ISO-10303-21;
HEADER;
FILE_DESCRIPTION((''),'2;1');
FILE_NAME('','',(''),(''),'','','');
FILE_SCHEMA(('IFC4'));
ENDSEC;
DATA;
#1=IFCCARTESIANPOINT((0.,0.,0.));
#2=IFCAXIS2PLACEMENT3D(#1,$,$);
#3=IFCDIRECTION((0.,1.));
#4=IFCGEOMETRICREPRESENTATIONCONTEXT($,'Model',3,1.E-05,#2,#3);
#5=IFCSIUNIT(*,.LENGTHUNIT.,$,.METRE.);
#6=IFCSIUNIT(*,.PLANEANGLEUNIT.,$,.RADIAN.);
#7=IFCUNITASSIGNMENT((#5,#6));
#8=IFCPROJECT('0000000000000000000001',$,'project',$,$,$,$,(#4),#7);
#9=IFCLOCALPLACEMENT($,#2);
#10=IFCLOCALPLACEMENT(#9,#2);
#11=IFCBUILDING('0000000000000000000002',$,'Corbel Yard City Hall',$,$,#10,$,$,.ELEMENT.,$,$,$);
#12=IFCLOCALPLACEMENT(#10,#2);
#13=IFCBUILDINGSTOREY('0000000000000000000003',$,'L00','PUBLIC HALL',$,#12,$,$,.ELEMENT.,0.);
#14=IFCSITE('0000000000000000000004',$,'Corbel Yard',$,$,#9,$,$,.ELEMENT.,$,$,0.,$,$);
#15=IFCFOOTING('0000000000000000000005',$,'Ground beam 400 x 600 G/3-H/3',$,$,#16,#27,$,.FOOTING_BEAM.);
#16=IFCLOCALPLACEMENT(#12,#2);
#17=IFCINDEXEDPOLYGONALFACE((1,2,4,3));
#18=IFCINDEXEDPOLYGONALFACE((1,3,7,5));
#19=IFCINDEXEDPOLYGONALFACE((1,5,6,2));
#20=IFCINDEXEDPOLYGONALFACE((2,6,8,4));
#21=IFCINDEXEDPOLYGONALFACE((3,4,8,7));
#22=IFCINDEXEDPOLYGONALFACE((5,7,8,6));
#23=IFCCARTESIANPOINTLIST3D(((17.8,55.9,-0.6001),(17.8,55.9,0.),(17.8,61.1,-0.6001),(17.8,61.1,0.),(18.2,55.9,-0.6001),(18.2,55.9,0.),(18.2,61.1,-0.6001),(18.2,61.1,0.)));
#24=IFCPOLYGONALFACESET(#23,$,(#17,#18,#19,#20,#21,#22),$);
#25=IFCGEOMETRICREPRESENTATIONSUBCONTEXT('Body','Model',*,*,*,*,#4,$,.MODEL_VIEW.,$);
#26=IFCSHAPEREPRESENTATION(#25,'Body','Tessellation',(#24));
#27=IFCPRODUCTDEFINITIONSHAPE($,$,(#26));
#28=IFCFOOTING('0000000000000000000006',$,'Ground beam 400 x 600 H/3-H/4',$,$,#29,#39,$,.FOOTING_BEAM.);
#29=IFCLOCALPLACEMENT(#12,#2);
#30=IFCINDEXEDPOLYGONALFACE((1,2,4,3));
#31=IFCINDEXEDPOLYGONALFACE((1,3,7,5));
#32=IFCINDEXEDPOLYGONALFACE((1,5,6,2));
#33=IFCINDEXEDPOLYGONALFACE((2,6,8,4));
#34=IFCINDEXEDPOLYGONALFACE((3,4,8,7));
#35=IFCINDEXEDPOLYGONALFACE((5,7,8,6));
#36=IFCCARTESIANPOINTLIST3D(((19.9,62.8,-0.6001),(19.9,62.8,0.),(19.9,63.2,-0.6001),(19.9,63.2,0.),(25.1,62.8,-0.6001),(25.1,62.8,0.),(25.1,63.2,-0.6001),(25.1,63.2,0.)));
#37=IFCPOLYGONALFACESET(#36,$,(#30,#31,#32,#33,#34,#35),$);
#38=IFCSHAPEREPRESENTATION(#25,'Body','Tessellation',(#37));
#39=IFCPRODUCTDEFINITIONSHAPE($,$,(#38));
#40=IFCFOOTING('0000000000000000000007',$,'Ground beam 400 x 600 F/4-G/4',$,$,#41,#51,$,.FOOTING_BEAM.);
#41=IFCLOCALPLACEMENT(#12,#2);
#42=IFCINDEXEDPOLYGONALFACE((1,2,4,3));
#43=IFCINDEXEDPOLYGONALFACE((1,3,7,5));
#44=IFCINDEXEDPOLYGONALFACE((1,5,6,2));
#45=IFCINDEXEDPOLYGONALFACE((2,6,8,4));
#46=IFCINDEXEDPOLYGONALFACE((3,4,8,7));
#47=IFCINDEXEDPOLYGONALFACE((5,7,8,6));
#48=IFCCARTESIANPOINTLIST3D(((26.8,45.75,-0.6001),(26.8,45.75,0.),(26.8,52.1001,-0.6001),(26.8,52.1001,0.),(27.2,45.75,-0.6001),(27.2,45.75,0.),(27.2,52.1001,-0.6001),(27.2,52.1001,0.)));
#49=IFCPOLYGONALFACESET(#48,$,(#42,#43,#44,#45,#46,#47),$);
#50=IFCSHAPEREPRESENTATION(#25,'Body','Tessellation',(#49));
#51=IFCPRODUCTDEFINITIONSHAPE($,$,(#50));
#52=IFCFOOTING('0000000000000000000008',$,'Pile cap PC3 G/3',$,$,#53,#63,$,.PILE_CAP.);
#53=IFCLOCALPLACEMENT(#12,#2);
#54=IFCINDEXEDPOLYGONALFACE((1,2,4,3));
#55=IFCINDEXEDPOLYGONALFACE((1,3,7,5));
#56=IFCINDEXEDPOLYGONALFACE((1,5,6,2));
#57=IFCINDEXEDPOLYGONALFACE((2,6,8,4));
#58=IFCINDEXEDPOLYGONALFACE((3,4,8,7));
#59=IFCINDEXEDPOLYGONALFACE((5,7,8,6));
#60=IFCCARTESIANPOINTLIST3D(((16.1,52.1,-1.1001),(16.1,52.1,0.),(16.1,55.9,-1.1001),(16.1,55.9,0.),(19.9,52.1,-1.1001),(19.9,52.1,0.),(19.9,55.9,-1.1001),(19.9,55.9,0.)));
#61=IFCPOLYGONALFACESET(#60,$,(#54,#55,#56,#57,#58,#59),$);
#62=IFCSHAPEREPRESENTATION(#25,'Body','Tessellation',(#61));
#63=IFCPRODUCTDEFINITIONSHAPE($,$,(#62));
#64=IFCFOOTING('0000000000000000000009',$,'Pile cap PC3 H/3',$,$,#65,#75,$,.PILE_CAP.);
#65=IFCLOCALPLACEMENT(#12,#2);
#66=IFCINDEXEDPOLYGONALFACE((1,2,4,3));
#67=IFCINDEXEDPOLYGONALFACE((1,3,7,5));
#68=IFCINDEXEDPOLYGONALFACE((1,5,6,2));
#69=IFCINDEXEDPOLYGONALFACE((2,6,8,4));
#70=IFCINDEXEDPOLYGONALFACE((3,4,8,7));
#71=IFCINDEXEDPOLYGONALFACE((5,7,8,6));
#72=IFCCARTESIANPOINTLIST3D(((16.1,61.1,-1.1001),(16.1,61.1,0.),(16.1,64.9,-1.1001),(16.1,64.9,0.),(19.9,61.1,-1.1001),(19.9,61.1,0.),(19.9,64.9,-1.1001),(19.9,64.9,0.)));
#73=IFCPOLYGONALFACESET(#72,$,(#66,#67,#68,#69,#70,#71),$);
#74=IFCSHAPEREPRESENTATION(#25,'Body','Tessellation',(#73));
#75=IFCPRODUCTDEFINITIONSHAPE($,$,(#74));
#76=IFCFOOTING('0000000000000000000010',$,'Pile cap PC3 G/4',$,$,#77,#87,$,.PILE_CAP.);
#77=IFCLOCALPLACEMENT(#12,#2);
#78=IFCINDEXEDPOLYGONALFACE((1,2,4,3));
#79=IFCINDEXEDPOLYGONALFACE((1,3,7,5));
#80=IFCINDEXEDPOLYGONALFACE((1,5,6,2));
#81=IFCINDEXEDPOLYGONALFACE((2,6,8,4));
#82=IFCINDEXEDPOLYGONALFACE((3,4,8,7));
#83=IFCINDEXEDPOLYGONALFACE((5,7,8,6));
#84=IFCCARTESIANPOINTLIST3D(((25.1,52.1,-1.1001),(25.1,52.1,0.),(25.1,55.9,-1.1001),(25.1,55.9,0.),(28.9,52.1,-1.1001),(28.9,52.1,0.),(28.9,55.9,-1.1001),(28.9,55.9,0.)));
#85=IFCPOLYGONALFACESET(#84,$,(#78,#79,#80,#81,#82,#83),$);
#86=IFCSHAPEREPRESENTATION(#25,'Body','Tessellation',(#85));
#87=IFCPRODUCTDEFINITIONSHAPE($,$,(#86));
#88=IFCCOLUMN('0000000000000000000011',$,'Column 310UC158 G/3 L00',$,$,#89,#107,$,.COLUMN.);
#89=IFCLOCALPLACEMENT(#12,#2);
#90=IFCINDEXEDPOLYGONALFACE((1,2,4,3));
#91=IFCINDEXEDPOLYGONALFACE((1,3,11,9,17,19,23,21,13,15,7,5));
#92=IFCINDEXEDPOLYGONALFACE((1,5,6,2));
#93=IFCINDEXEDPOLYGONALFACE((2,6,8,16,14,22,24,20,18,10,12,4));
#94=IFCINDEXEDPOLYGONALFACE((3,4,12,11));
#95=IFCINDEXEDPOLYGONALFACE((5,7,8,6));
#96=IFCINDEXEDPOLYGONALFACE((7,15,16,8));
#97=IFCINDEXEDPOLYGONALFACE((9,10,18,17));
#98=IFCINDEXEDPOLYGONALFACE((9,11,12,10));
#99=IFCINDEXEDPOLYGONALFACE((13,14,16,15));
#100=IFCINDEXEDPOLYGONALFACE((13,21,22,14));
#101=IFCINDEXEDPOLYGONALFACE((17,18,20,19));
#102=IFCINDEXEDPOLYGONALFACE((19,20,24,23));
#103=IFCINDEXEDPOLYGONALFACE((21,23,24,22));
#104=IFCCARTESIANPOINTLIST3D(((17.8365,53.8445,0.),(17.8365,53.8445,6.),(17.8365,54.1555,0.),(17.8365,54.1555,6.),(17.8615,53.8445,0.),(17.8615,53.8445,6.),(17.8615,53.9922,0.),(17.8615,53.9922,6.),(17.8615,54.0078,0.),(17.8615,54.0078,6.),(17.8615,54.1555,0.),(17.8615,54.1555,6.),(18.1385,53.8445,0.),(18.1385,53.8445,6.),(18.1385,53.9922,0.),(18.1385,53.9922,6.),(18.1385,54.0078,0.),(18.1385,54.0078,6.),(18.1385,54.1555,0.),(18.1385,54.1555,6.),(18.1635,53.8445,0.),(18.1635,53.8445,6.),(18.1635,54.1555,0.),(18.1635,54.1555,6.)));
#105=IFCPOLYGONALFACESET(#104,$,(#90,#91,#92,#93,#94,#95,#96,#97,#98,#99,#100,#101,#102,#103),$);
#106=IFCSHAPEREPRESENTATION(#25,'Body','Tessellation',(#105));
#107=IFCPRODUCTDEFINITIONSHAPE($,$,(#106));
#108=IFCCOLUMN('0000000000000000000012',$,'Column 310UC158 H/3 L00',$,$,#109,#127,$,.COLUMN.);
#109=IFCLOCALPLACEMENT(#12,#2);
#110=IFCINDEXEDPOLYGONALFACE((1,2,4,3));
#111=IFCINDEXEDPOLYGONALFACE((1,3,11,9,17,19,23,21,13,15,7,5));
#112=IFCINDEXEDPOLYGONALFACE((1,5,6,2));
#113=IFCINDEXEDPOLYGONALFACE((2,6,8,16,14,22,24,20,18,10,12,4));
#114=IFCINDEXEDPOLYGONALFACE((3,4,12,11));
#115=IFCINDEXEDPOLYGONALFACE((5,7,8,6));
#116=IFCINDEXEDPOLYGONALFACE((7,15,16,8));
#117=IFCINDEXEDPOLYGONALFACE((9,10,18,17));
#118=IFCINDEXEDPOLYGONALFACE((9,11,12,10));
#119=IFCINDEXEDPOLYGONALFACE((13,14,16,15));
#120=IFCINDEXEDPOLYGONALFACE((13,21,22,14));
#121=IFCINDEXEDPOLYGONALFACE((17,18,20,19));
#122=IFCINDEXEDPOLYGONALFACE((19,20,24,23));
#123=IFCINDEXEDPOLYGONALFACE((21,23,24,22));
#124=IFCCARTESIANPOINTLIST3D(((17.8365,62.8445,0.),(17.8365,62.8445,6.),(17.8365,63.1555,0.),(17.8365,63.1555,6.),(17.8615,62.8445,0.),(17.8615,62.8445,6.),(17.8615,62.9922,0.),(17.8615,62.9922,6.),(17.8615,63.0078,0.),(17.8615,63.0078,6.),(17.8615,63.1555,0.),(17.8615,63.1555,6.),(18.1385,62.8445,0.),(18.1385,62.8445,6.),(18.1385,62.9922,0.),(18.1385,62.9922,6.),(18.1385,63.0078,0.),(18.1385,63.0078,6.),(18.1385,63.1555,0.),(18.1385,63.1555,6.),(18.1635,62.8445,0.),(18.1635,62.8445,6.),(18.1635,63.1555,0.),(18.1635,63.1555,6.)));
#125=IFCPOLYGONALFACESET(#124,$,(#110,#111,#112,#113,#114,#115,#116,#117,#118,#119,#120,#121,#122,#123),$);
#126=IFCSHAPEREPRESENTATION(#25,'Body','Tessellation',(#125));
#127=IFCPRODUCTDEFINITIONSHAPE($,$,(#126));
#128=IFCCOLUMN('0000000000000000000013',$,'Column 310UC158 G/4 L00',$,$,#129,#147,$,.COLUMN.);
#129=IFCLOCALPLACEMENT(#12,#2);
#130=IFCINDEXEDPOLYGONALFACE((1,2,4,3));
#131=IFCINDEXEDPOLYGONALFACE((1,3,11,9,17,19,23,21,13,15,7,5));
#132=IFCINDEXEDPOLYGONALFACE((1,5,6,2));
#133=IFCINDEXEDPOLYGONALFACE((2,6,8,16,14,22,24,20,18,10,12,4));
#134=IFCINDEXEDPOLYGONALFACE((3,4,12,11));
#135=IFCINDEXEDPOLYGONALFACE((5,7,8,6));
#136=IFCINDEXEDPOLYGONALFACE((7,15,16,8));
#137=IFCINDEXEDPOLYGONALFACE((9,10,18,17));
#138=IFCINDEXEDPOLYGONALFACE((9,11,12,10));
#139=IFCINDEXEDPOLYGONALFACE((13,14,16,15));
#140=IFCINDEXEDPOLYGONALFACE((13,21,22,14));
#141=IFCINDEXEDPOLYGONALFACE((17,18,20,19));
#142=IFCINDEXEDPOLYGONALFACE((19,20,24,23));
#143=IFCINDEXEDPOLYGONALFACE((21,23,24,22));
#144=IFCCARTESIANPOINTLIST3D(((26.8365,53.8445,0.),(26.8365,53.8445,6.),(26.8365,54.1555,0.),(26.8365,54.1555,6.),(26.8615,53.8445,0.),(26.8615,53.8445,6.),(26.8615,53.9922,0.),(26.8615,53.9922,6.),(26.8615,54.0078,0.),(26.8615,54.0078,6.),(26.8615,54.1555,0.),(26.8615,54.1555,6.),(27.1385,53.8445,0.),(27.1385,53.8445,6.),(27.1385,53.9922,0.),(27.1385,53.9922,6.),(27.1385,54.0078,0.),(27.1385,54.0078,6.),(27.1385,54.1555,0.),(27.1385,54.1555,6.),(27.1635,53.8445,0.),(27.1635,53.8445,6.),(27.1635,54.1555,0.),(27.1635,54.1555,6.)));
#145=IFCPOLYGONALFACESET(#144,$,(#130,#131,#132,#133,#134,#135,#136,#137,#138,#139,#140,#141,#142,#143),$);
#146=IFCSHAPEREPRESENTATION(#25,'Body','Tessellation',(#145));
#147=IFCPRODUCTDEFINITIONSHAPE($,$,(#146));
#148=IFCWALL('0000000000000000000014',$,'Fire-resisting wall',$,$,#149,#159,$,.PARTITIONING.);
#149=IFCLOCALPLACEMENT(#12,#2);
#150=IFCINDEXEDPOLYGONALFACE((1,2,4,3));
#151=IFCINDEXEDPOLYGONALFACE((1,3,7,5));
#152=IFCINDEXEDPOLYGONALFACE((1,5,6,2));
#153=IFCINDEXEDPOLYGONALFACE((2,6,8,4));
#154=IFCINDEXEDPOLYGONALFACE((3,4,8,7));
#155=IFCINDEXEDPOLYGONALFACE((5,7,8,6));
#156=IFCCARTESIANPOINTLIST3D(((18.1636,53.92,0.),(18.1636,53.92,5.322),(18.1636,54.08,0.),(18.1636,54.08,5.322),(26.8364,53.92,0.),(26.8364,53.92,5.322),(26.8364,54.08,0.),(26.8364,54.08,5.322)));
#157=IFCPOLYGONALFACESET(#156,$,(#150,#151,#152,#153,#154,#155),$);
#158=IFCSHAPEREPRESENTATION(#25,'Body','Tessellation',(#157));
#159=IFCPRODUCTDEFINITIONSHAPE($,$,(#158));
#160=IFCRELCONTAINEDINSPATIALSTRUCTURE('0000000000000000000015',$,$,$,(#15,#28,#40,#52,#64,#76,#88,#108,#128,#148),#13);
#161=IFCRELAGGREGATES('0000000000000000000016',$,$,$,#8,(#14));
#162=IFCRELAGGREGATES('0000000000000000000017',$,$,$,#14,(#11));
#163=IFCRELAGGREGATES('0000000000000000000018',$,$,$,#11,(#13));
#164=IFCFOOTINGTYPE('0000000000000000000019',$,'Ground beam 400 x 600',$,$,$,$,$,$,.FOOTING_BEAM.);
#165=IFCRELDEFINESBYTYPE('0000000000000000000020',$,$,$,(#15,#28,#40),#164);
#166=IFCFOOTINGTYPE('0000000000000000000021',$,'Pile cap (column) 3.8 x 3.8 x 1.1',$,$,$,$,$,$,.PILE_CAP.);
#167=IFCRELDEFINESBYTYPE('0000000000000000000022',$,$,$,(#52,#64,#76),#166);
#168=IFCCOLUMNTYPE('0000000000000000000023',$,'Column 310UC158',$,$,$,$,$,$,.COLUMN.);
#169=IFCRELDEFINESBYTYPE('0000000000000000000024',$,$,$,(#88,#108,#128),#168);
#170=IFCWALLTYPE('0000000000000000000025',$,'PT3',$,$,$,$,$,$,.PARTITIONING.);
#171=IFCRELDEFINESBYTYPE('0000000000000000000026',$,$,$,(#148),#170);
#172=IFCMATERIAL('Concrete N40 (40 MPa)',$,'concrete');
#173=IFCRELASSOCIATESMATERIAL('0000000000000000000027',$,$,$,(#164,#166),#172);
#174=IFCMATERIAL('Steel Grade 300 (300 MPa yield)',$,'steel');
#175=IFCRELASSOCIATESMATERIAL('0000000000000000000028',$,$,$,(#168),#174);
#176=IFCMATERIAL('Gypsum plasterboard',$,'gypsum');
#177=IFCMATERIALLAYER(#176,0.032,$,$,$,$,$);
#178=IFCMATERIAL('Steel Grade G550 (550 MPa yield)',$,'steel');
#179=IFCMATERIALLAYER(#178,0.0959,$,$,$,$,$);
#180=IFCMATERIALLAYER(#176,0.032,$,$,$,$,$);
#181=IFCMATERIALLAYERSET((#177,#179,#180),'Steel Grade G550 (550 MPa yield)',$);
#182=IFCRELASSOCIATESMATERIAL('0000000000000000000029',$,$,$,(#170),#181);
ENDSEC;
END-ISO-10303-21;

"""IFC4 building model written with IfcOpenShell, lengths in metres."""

from ifc_helpers import new_model, si_unit, direction, frame, frame_2d, origin, origin_2d, place, context, subcontext, project, spatial, rectangle, i_section, extrude, material, layer, layer_set, material_profile, profile_set, type_object, element, save


model = new_model("IFC4")

# Units and contexts
model_context = context("Model", 3, precision=1e-05, world=origin(), true_north=direction((0.0, 1.0)))
body_context = subcontext(model_context, "Body", "Model", "MODEL_VIEW")
ifc_project = project(units=[si_unit("LENGTHUNIT", "METRE"), si_unit("PLANEANGLEUNIT", "RADIAN")], contexts=[model_context])

# Site, building, storey
site_placement = place(None, origin())
site = spatial("IfcSite", under=ifc_project, at=site_placement, Name="Corbel Yard", CompositionType="ELEMENT", RefElevation=0.0)
building_placement = place(site_placement, origin())
building = spatial("IfcBuilding", under=site, at=building_placement, Name="Corbel Yard City Hall", CompositionType="ELEMENT")
storey_placement = place(building_placement, origin())
storey = spatial("IfcBuildingStorey", under=building, at=storey_placement, Name="L00", Description="PUBLIC HALL", CompositionType="ELEMENT", Elevation=0.0)

# Shared definitions
ifc_material_1 = material(Name="Concrete N40 (40 MPa)", Category="concrete")

# Footings
footing_type_1 = type_object("IfcFootingType", Name="Ground beam 400 x 600", PredefinedType="FOOTING_BEAM", material=ifc_material_1)
footing_1_placement = place(storey_placement, frame((18.0, 58.5, -0.6001), z_axis=(0.0, 0.0, 1.0), x_axis=(1.0, 0.0, 0.0)))
element("IfcFooting", 1, at=footing_1_placement, inside=storey, type_object=footing_type_1, Name="Ground beam 400 x 600 G/3-H/3", PredefinedType="FOOTING_BEAM", context=body_context, shape_type="SweptSolid", body=[
    extrude(rectangle(XDim=0.3999, YDim=5.2, at=origin_2d()), origin(), (0.0, 0.0, 1.0), 0.6001),
])
footing_2_placement = place(storey_placement, frame((22.5, 63.0, -0.6001), z_axis=(0.0, 0.0, 1.0), x_axis=(1.0, 0.0, 0.0)))
element("IfcFooting", 2, at=footing_2_placement, inside=storey, type_object=footing_type_1, Name="Ground beam 400 x 600 H/3-H/4", PredefinedType="FOOTING_BEAM", context=body_context, shape_type="SweptSolid", body=[
    extrude(rectangle(XDim=5.2, YDim=0.3999, at=origin_2d()), origin(), (0.0, 0.0, 1.0), 0.6001),
])
footing_3_placement = place(storey_placement, frame((27.0, 48.925, -0.6001), z_axis=(0.0, 0.0, 1.0), x_axis=(1.0, 0.0, 0.0)))
element("IfcFooting", 3, at=footing_3_placement, inside=storey, type_object=footing_type_1, Name="Ground beam 400 x 600 F/4-G/4", PredefinedType="FOOTING_BEAM", context=body_context, shape_type="SweptSolid", body=[
    extrude(rectangle(XDim=0.3999, YDim=6.3501, at=origin_2d()), origin(), (0.0, 0.0, 1.0), 0.6001),
])
footing_type_2 = type_object("IfcFootingType", Name="Pile cap (column) 3.8 x 3.8 x 1.1", PredefinedType="PILE_CAP", material=ifc_material_1)
for number, where, z_axis, x_axis, name in (
    (4, (18.0, 54.0, -1.1001), (0.0, 0.0, 1.0), (1.0, 0.0, 0.0), "Pile cap PC3 G/3"),
    (5, (18.0, 63.0, -1.1001), (0.0, 0.0, 1.0), (1.0, 0.0, 0.0), "Pile cap PC3 H/3"),
    (6, (27.0, 54.0, -1.1001), (0.0, 0.0, 1.0), (1.0, 0.0, 0.0), "Pile cap PC3 G/4"),
):
    element("IfcFooting", number, at=place(storey_placement, frame(where, z_axis=z_axis, x_axis=x_axis)), inside=storey, type_object=footing_type_2, Name=name, PredefinedType="PILE_CAP", context=body_context, shape_type="SweptSolid", body=[
        extrude(rectangle(XDim=3.8, YDim=3.8, at=origin_2d()), origin(), (0.0, 0.0, 1.0), 1.1001),
    ])

# Columns
ifc_material_2 = material(Name="Steel Grade 300 (300 MPa yield)", Category="steel")
ifc_material_profile_1 = material_profile(ifc_material_2, i_section(OverallWidth=0.311, OverallDepth=0.3269, WebThickness=0.0156, FlangeThickness=0.0249, at=origin_2d()), Name="310UC158")
ifc_profile_set_1 = profile_set([ifc_material_profile_1], Name="Steel Grade 300 (300 MPa yield)")
column_type = type_object("IfcColumnType", Name="Column 310UC158", PredefinedType="COLUMN", material=ifc_profile_set_1)
for number, where, z_axis, x_axis, name in (
    (7, (18.0, 54.0, 0.0), (0.0, 0.0, 1.0), (0.0, 1.0, 0.0), "Column 310UC158 G/3 L00"),
    (8, (18.0, 63.0, 0.0), (0.0, 0.0, 1.0), (0.0, 1.0, 0.0), "Column 310UC158 H/3 L00"),
    (9, (27.0, 54.0, 0.0), (0.0, 0.0, 1.0), (0.0, 1.0, 0.0), "Column 310UC158 G/4 L00"),
):
    element("IfcColumn", number, at=place(storey_placement, frame(where, z_axis=z_axis, x_axis=x_axis)), inside=storey, type_object=column_type, Name=name, PredefinedType="COLUMN", context=body_context, shape_type="SweptSolid", body=[
        extrude(i_section(OverallWidth=0.311, OverallDepth=0.3269, WebThickness=0.0156, FlangeThickness=0.0249, at=origin_2d()), origin(), (0.0, 0.0, 1.0), 6.0),
    ])

# Wall
ifc_material_3 = material(Name="Gypsum plasterboard", Category="gypsum")
ifc_layer_1 = layer(ifc_material_3, 0.032)
ifc_material_4 = material(Name="Steel Grade G550 (550 MPa yield)", Category="steel")
ifc_layer_2 = layer(ifc_material_4, 0.0959)
ifc_layer_3 = layer(ifc_material_3, 0.032)
ifc_layer_set = layer_set([ifc_layer_1, ifc_layer_2, ifc_layer_3], Name="Steel Grade G550 (550 MPa yield)")
wall_type = type_object("IfcWallType", Name="PT3", PredefinedType="PARTITIONING", material=ifc_layer_set)
wall_placement = place(storey_placement, frame((18.1636, 54.0, 0.0), z_axis=(0.0, 0.0, 1.0), x_axis=(1.0, 0.0, 0.0)))
element("IfcWall", 10, at=wall_placement, inside=storey, type_object=wall_type, Name="Fire-resisting wall", PredefinedType="PARTITIONING", context=body_context, shape_type="SweptSolid", body=[
    extrude(rectangle(XDim=8.6729, YDim=0.1599, at=frame_2d((4.3364, 0.0))), origin(), (0.0, 0.0, 1.0), 5.322),
])

save(model, "model.ifc")
